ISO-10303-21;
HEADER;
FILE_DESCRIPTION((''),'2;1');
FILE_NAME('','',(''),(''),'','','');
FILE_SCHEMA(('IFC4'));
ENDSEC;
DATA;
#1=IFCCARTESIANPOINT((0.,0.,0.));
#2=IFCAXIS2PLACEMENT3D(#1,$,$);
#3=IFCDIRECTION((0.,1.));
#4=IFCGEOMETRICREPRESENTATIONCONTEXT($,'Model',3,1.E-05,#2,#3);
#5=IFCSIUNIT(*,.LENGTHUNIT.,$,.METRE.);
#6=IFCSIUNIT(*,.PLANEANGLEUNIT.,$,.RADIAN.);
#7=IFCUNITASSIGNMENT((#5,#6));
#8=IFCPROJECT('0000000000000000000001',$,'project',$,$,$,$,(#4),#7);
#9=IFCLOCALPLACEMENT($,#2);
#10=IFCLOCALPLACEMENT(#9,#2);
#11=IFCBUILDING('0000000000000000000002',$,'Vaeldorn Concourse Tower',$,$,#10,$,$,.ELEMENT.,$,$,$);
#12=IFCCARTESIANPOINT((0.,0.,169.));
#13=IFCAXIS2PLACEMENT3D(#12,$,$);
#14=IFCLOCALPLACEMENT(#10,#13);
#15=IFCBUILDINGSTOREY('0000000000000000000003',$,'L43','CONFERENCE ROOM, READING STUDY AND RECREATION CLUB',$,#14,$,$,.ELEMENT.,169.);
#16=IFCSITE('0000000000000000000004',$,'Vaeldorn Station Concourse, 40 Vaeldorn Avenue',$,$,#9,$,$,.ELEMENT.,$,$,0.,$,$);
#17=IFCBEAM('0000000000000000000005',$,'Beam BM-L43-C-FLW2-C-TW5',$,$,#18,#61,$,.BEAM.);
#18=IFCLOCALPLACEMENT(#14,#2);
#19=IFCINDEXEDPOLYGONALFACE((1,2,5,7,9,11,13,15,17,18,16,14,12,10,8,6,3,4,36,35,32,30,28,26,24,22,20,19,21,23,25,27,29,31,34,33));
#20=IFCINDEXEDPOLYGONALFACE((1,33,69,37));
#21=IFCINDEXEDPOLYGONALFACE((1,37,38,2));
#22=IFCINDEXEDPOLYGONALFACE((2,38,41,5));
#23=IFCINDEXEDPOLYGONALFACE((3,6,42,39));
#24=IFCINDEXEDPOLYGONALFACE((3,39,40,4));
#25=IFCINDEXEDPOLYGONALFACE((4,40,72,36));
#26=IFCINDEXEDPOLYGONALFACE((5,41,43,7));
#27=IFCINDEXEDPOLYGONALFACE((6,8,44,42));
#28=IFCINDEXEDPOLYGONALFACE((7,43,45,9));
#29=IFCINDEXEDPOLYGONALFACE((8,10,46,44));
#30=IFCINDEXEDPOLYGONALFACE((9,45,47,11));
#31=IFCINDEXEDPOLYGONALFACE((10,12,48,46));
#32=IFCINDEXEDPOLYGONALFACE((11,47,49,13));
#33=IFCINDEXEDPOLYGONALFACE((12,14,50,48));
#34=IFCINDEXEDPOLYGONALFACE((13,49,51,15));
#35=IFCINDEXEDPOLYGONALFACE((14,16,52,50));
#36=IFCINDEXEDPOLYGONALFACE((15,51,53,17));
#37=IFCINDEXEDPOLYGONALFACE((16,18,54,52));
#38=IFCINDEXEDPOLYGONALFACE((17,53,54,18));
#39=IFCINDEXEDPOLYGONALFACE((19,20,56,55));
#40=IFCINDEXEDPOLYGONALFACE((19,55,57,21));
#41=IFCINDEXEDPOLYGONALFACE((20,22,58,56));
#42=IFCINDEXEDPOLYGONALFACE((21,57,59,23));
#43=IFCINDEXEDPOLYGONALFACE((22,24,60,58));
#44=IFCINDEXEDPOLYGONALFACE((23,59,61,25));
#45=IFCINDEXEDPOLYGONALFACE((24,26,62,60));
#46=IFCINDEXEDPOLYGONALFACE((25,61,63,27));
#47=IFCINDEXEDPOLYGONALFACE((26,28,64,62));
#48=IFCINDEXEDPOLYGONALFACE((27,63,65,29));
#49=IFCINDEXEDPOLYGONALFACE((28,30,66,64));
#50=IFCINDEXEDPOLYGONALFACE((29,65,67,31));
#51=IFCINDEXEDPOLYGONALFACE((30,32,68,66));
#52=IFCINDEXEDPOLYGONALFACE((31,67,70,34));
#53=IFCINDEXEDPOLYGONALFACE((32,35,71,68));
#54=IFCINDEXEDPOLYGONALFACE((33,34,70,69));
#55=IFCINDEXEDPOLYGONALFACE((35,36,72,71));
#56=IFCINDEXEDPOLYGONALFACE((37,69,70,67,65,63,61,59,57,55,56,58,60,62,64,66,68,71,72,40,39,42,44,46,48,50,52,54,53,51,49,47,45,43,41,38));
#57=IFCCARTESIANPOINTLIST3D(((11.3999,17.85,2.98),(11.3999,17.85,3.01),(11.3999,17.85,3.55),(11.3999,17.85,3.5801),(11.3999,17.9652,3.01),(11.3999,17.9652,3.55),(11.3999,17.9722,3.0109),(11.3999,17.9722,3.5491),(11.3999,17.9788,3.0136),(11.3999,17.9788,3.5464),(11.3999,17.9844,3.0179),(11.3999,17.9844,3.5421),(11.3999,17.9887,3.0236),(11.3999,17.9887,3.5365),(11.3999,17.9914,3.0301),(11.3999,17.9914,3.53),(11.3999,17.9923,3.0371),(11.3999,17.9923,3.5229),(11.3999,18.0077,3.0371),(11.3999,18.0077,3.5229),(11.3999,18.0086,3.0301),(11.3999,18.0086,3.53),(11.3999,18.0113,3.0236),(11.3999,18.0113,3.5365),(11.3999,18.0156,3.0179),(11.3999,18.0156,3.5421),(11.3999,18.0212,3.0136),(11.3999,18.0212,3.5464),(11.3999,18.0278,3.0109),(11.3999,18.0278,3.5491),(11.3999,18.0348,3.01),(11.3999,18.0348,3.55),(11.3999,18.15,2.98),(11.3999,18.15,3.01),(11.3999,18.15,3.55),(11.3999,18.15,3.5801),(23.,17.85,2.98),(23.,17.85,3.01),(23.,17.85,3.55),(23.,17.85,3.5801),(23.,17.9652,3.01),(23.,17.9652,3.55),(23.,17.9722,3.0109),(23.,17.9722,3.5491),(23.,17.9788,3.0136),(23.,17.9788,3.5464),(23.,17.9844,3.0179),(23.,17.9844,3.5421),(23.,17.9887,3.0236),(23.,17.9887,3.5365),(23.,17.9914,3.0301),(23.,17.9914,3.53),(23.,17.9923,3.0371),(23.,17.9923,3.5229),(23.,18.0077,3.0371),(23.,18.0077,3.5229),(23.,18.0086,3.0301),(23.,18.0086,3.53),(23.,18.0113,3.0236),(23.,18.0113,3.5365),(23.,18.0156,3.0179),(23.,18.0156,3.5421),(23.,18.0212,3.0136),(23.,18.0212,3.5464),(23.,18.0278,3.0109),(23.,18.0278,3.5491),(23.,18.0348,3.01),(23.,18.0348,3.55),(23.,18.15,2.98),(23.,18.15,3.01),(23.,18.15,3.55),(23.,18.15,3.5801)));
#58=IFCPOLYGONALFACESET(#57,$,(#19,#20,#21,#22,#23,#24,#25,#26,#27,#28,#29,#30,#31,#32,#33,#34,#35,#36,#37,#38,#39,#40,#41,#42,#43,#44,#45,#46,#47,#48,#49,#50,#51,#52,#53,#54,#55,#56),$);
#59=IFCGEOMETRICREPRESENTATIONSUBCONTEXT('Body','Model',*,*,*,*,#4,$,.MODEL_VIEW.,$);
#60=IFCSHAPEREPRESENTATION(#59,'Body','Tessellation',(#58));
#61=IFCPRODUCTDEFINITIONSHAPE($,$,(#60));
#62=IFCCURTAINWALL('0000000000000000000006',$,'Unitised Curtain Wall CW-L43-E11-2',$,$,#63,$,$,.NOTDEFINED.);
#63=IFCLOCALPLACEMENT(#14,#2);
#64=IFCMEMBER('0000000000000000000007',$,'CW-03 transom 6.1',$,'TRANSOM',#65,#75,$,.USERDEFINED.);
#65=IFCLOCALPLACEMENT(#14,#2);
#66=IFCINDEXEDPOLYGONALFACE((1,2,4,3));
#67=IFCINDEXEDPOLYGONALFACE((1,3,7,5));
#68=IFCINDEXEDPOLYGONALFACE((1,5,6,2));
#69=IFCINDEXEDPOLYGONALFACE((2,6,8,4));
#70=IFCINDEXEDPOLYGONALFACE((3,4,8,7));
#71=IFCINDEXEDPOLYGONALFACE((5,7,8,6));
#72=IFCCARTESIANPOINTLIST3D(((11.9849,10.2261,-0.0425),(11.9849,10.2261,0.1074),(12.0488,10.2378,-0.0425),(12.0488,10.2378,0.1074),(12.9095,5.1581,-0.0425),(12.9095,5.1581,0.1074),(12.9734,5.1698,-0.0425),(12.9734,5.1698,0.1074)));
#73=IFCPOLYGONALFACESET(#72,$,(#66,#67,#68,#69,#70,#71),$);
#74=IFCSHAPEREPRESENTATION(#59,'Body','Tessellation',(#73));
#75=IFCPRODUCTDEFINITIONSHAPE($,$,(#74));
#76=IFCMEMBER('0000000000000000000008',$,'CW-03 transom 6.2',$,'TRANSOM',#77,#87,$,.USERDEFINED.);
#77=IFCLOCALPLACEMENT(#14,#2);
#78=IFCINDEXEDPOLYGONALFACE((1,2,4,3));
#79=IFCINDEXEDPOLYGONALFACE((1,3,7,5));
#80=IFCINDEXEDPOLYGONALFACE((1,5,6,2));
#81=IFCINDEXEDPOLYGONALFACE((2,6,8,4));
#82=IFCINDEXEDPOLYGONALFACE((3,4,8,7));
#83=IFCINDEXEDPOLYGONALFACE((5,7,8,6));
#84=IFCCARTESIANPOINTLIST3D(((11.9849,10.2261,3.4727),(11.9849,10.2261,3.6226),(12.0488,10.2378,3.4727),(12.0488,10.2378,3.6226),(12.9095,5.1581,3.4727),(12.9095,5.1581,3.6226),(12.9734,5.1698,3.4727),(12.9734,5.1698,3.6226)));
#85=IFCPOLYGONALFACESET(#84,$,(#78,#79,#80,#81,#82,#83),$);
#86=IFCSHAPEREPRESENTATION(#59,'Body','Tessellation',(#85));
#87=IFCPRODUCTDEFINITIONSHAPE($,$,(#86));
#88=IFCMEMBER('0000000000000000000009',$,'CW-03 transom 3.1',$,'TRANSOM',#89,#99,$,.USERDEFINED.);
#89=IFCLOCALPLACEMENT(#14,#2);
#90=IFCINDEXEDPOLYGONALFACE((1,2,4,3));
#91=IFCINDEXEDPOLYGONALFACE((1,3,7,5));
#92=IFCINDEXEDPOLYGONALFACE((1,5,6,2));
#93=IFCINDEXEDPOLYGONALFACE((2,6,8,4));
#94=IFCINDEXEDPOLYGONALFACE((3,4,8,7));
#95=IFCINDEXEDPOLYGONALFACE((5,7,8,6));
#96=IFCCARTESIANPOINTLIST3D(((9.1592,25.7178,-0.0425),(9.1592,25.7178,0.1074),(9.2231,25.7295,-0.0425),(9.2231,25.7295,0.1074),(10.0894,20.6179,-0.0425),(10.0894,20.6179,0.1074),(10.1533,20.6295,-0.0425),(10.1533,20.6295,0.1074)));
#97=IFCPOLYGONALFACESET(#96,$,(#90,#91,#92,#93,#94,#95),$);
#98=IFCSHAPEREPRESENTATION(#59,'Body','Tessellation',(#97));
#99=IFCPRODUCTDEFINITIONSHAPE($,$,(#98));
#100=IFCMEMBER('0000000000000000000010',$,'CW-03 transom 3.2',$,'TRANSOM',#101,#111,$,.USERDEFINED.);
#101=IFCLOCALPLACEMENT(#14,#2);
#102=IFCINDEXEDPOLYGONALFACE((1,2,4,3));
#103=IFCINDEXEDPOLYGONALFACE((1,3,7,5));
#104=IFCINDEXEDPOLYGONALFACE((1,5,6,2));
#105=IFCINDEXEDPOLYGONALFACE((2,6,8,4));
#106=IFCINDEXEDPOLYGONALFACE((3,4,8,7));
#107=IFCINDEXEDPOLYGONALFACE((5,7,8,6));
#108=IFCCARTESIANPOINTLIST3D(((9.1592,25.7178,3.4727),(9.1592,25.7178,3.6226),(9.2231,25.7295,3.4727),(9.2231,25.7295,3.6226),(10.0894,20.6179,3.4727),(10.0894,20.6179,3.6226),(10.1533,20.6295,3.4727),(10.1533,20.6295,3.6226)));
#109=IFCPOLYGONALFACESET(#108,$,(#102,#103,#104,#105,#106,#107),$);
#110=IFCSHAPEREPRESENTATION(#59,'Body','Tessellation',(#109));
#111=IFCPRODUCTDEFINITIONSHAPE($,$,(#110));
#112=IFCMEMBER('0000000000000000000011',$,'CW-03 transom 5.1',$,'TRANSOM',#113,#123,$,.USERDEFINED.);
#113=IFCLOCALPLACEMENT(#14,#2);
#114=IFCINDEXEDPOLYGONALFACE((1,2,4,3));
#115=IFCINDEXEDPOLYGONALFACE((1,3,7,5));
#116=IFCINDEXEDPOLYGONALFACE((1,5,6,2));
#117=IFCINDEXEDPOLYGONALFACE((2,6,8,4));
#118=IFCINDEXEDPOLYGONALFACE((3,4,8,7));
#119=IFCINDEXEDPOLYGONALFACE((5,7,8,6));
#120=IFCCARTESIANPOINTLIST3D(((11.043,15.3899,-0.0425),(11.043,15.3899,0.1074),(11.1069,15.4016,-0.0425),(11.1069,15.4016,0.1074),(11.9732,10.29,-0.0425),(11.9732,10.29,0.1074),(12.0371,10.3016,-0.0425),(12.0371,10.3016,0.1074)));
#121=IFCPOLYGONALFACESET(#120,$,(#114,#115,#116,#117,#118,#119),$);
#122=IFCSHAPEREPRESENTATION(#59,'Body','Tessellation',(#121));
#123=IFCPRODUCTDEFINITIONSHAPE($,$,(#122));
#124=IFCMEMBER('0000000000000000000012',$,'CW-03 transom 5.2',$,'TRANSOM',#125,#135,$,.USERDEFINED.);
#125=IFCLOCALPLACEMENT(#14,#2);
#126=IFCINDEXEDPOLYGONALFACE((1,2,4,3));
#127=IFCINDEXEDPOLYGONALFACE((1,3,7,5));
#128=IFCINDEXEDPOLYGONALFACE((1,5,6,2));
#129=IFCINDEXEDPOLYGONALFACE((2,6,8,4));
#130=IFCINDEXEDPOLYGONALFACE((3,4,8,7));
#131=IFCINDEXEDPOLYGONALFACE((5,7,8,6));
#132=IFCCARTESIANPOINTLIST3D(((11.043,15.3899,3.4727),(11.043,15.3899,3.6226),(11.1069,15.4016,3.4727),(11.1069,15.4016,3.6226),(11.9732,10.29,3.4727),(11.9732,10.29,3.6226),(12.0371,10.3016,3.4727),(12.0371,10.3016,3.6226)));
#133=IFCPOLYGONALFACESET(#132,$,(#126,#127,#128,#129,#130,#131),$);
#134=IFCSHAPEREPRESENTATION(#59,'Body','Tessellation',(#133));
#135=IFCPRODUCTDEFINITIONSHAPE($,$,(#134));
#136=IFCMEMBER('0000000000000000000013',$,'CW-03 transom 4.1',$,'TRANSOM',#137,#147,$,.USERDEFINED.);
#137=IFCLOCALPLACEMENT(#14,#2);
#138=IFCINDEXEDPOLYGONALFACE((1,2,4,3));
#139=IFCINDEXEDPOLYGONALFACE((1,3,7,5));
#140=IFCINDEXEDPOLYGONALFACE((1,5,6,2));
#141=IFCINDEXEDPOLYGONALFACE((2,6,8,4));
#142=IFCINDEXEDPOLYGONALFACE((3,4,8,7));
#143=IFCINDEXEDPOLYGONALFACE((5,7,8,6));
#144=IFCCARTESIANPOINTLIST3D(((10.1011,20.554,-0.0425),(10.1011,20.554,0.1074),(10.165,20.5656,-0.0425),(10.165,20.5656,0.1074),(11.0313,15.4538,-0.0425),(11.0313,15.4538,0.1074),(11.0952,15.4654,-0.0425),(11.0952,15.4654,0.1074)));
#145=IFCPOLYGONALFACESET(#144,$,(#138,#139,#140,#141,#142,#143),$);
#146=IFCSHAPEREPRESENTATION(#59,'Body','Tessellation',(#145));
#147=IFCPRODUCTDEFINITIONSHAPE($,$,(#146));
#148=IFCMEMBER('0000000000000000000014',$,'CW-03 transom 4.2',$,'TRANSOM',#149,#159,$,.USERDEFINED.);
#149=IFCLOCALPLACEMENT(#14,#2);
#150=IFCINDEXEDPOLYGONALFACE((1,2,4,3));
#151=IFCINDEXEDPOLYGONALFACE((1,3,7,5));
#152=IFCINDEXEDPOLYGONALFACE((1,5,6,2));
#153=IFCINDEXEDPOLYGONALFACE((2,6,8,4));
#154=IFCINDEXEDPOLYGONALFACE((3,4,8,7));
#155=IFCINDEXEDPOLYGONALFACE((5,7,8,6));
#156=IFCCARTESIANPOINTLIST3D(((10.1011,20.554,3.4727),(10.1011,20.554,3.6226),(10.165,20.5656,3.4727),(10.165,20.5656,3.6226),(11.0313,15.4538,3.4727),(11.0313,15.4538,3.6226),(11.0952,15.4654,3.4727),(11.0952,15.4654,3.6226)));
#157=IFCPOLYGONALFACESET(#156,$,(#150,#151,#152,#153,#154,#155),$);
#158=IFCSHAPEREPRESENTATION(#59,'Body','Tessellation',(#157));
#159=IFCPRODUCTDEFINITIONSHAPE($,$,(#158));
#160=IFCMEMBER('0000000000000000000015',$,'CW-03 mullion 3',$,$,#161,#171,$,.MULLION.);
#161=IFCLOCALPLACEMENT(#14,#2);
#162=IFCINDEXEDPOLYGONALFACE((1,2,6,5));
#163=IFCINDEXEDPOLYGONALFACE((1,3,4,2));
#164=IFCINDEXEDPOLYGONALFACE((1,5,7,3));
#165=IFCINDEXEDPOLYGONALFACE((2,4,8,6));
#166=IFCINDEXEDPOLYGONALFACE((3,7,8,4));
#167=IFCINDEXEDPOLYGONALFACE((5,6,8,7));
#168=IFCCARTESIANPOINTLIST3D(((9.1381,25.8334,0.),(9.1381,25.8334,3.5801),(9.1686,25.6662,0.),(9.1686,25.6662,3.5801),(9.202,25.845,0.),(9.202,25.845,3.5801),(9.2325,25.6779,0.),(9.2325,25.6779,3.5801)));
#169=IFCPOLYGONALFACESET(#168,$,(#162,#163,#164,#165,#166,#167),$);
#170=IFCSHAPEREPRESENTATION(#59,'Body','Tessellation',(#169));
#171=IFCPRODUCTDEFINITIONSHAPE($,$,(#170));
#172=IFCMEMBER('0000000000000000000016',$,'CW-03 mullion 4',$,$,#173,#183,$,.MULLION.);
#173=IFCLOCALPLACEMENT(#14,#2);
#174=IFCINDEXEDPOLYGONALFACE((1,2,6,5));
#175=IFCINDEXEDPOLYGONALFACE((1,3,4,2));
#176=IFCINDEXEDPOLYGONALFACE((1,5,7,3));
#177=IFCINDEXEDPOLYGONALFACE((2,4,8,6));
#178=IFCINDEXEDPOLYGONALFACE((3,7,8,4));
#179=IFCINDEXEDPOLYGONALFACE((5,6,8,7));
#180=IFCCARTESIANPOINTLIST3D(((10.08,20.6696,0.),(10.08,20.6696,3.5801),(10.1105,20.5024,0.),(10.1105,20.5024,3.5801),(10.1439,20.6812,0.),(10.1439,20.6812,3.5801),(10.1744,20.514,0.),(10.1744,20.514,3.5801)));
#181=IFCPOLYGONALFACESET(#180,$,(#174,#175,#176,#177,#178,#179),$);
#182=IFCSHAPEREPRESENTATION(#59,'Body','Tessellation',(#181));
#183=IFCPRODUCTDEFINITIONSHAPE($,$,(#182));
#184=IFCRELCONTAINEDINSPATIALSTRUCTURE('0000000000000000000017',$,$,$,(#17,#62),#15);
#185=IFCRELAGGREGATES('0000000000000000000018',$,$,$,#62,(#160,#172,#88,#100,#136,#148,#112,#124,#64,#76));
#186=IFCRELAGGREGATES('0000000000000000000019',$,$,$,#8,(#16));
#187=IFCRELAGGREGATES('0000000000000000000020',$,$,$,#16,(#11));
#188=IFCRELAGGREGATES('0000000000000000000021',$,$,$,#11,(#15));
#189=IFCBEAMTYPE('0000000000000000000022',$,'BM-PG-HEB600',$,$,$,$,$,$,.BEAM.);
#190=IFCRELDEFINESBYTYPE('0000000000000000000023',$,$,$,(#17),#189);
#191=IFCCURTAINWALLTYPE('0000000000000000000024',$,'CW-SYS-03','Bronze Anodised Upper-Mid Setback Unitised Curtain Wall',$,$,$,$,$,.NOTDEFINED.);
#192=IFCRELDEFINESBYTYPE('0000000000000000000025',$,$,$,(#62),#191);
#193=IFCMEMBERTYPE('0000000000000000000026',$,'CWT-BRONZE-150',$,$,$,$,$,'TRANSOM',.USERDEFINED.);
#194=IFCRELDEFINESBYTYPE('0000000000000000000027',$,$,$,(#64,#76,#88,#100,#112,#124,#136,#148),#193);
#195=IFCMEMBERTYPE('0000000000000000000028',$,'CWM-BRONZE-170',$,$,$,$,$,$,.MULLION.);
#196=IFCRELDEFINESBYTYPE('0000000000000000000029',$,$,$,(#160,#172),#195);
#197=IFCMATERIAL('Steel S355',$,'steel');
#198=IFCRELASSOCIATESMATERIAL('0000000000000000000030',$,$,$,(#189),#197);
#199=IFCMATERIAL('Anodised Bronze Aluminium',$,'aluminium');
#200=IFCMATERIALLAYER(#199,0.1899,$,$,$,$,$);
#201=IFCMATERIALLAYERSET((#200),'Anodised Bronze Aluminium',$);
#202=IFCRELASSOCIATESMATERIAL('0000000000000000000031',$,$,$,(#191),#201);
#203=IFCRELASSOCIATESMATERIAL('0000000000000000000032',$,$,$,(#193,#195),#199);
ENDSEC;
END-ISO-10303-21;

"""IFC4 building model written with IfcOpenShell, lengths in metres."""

from ifc_helpers import new_model, si_unit, direction, frame, origin, origin_2d, place, context, subcontext, project, spatial, rectangle, i_section, extrude, source, transform, mapped, material, layer, layer_set, material_profile, profile_set, type_object, element, aggregate, save


model = new_model("IFC4")

# Units and contexts
model_context = context("Model", 3, precision=1e-05, world=origin(), true_north=direction((0.0, 1.0)))
body_context = subcontext(model_context, "Body", "Model", "MODEL_VIEW")
ifc_project = project(units=[si_unit("LENGTHUNIT", "METRE"), si_unit("PLANEANGLEUNIT", "RADIAN")], contexts=[model_context])

# Site, building, storey
site_placement = place(None, origin())
site = spatial("IfcSite", under=ifc_project, at=site_placement, Name="Vaeldorn Station Concourse, 40 Vaeldorn Avenue", CompositionType="ELEMENT", RefElevation=0.0)
building_placement = place(site_placement, origin())
building = spatial("IfcBuilding", under=site, at=building_placement, Name="Vaeldorn Concourse Tower", CompositionType="ELEMENT")
storey_placement = place(building_placement, frame((0.0, 0.0, 169.0)))
storey = spatial("IfcBuildingStorey", under=building, at=storey_placement, Name="L43", Description="CONFERENCE ROOM, READING STUDY AND RECREATION CLUB", CompositionType="ELEMENT", Elevation=169.0)

# Shared definitions
ifc_material_1 = material(Name="Steel S355", Category="steel")

# Beam
ifc_material_profile_1 = material_profile(ifc_material_1, i_section(OverallWidth=0.3, OverallDepth=0.6001, WebThickness=0.0154, FlangeThickness=0.03, FilletRadius=0.0271, at=origin_2d()), Name="HEB 600")
ifc_profile_set_1 = profile_set([ifc_material_profile_1], Name="Steel S355")
beam_type_1 = type_object("IfcBeamType", Name="BM-PG-HEB600", PredefinedType="BEAM", material=ifc_profile_set_1)
shared_shape_1 = source(origin(), body_context, "Body", "SweptSolid", [
    extrude(i_section(OverallWidth=0.3, OverallDepth=0.6001, WebThickness=0.0154, FlangeThickness=0.03, FilletRadius=0.0271, at=origin_2d()), origin(), (0.0, 0.0, 1.0), 11.6001),
])
beam_1_placement = place(storey_placement, frame((11.3999, 18.0, 3.28), z_axis=(1.0, 0.0, 0.0), x_axis=(0.0, 1.0, 0.0)))
element("IfcBeam", 1, at=beam_1_placement, inside=storey, type_object=beam_type_1, Name="Beam BM-L43-C-FLW2-C-TW5", PredefinedType="BEAM", context=body_context, shape_type="MappedRepresentation", body=[
    mapped(shared_shape_1, transform((0.0, 0.0, 0.0), scale=1.0)),
])

# Curtain wall, members
ifc_material_2 = material(Name="Anodised Bronze Aluminium", Category="aluminium")
ifc_layer_1 = layer(ifc_material_2, 0.1899)
ifc_layer_set_1 = layer_set([ifc_layer_1], Name="Anodised Bronze Aluminium")
curtain_wall_type = type_object("IfcCurtainWallType", Name="CW-SYS-03", Description="Bronze Anodised Upper-Mid Setback Unitised Curtain Wall", PredefinedType="NOTDEFINED", material=ifc_layer_set_1)
curtain_wall_placement = place(storey_placement, origin())
curtain_wall = element("IfcCurtainWall", 2, at=curtain_wall_placement, inside=storey, type_object=curtain_wall_type, Name="Unitised Curtain Wall CW-L43-E11-2", PredefinedType="NOTDEFINED")
ifc_material_profile_2 = material_profile(ifc_material_2, rectangle(XDim=0.0649, YDim=0.1499, at=origin_2d()), Name="CWT 65x150")
ifc_profile_set_2 = profile_set([ifc_material_profile_2], Name="Anodised Bronze Aluminium")
member_type_1 = type_object("IfcMemberType", Name="CWT-BRONZE-150", ElementType="TRANSOM", PredefinedType="USERDEFINED", material=ifc_profile_set_2)
shared_shape_2 = source(origin(), body_context, "Body", "SweptSolid", [
    extrude(rectangle(XDim=0.0649, YDim=0.1499, at=origin_2d()), origin(), (0.0, 0.0, 1.0), 5.1516),
])
member_1_placement = place(storey_placement, frame((12.0168, 10.2319, 0.0325), z_axis=(0.179473, -0.983763, 0.0), x_axis=(0.983763, 0.179473, 0.0)))
member_1 = element("IfcMember", 3, at=member_1_placement, type_object=member_type_1, Name="CW-03 transom 6.1", ObjectType="TRANSOM", PredefinedType="USERDEFINED", context=body_context, shape_type="MappedRepresentation", body=[
    mapped(shared_shape_2, transform((0.0, 0.0, 0.0), scale=1.0)),
])
member_2_placement = place(storey_placement, frame((12.0168, 10.2319, 3.5476), z_axis=(0.179473, -0.983763, 0.0), x_axis=(0.983763, 0.179473, 0.0)))
member_2 = element("IfcMember", 4, at=member_2_placement, type_object=member_type_1, Name="CW-03 transom 6.2", ObjectType="TRANSOM", PredefinedType="USERDEFINED", context=body_context, shape_type="MappedRepresentation", body=[
    mapped(shared_shape_2, transform((0.0, 0.0, 0.0), scale=1.0)),
])
shared_shape_3 = source(origin(), body_context, "Body", "SweptSolid", [
    extrude(rectangle(XDim=0.0649, YDim=0.1499, at=origin_2d()), origin(), (0.0, 0.0, 1.0), 5.1841),
])
member_3_placement = place(storey_placement, frame((9.1912, 25.7236, 0.0325), z_axis=(0.179432, -0.98377, 0.0), x_axis=(0.98377, 0.179432, 0.0)))
member_3 = element("IfcMember", 5, at=member_3_placement, type_object=member_type_1, Name="CW-03 transom 3.1", ObjectType="TRANSOM", PredefinedType="USERDEFINED", context=body_context, shape_type="MappedRepresentation", body=[
    mapped(shared_shape_3, transform((0.0, 0.0, 0.0), scale=1.0)),
])
member_4_placement = place(storey_placement, frame((9.1912, 25.7236, 3.5476), z_axis=(0.179432, -0.98377, 0.0), x_axis=(0.98377, 0.179432, 0.0)))
member_4 = element("IfcMember", 6, at=member_4_placement, type_object=member_type_1, Name="CW-03 transom 3.2", ObjectType="TRANSOM", PredefinedType="USERDEFINED", context=body_context, shape_type="MappedRepresentation", body=[
    mapped(shared_shape_3, transform((0.0, 0.0, 0.0), scale=1.0)),
])
member_5_placement = place(storey_placement, frame((11.075, 15.3958, 0.0325), z_axis=(0.179432, -0.98377, 0.0), x_axis=(0.98377, 0.179432, 0.0)))
member_5 = element("IfcMember", 7, at=member_5_placement, type_object=member_type_1, Name="CW-03 transom 5.1", ObjectType="TRANSOM", PredefinedType="USERDEFINED", context=body_context, shape_type="MappedRepresentation", body=[
    mapped(shared_shape_3, transform((0.0, 0.0, 0.0), scale=1.0)),
])
member_6_placement = place(storey_placement, frame((11.075, 15.3958, 3.5476), z_axis=(0.179432, -0.98377, 0.0), x_axis=(0.98377, 0.179432, 0.0)))
member_6 = element("IfcMember", 8, at=member_6_placement, type_object=member_type_1, Name="CW-03 transom 5.2", ObjectType="TRANSOM", PredefinedType="USERDEFINED", context=body_context, shape_type="MappedRepresentation", body=[
    mapped(shared_shape_3, transform((0.0, 0.0, 0.0), scale=1.0)),
])
shared_shape_4 = source(origin(), body_context, "Body", "SweptSolid", [
    extrude(rectangle(XDim=0.0649, YDim=0.1499, at=origin_2d()), origin(), (0.0, 0.0, 1.0), 5.1843),
])
member_7_placement = place(storey_placement, frame((10.1331, 20.5598, 0.0325), z_axis=(0.179424, -0.983772, 0.0), x_axis=(0.983772, 0.179424, 0.0)))
member_7 = element("IfcMember", 9, at=member_7_placement, type_object=member_type_1, Name="CW-03 transom 4.1", ObjectType="TRANSOM", PredefinedType="USERDEFINED", context=body_context, shape_type="MappedRepresentation", body=[
    mapped(shared_shape_4, transform((0.0, 0.0, 0.0), scale=1.0)),
])
member_8_placement = place(storey_placement, frame((10.1331, 20.5598, 3.5476), z_axis=(0.179424, -0.983772, 0.0), x_axis=(0.983772, 0.179424, 0.0)))
member_8 = element("IfcMember", 10, at=member_8_placement, type_object=member_type_1, Name="CW-03 transom 4.2", ObjectType="TRANSOM", PredefinedType="USERDEFINED", context=body_context, shape_type="MappedRepresentation", body=[
    mapped(shared_shape_4, transform((0.0, 0.0, 0.0), scale=1.0)),
])
ifc_material_profile_3 = material_profile(ifc_material_2, rectangle(XDim=0.0649, YDim=0.1699, at=origin_2d()), Name="CWM 65x170")
ifc_profile_set_3 = profile_set([ifc_material_profile_3], Name="Anodised Bronze Aluminium")
member_type_2 = type_object("IfcMemberType", Name="CWM-BRONZE-170", PredefinedType="MULLION", material=ifc_profile_set_3)
shared_shape_5 = source(origin(), body_context, "Body", "SweptSolid", [
    extrude(rectangle(XDim=0.0649, YDim=0.1699, at=origin_2d()), origin(), (0.0, 0.0, 1.0), 3.5801),
])
member_9_placement = place(storey_placement, frame((9.1853, 25.7556, 0.0), z_axis=(0.0, 0.0, 1.0), x_axis=(0.983768, 0.179446, 0.0)))
member_9 = element("IfcMember", 11, at=member_9_placement, type_object=member_type_2, Name="CW-03 mullion 3", PredefinedType="MULLION", context=body_context, shape_type="MappedRepresentation", body=[
    mapped(shared_shape_5, transform((0.0, 0.0, 0.0), scale=1.0)),
])
member_10_placement = place(storey_placement, frame((10.1272, 20.5918, 0.0), z_axis=(0.0, 0.0, 1.0), x_axis=(0.983768, 0.179446, 0.0)))
member_10 = element("IfcMember", 12, at=member_10_placement, type_object=member_type_2, Name="CW-03 mullion 4", PredefinedType="MULLION", context=body_context, shape_type="MappedRepresentation", body=[
    mapped(shared_shape_5, transform((0.0, 0.0, 0.0), scale=1.0)),
])
aggregate(curtain_wall, [member_9, member_10, member_3, member_4, member_7, member_8, member_5, member_6, member_1, member_2])

save(model, "model.ifc")
